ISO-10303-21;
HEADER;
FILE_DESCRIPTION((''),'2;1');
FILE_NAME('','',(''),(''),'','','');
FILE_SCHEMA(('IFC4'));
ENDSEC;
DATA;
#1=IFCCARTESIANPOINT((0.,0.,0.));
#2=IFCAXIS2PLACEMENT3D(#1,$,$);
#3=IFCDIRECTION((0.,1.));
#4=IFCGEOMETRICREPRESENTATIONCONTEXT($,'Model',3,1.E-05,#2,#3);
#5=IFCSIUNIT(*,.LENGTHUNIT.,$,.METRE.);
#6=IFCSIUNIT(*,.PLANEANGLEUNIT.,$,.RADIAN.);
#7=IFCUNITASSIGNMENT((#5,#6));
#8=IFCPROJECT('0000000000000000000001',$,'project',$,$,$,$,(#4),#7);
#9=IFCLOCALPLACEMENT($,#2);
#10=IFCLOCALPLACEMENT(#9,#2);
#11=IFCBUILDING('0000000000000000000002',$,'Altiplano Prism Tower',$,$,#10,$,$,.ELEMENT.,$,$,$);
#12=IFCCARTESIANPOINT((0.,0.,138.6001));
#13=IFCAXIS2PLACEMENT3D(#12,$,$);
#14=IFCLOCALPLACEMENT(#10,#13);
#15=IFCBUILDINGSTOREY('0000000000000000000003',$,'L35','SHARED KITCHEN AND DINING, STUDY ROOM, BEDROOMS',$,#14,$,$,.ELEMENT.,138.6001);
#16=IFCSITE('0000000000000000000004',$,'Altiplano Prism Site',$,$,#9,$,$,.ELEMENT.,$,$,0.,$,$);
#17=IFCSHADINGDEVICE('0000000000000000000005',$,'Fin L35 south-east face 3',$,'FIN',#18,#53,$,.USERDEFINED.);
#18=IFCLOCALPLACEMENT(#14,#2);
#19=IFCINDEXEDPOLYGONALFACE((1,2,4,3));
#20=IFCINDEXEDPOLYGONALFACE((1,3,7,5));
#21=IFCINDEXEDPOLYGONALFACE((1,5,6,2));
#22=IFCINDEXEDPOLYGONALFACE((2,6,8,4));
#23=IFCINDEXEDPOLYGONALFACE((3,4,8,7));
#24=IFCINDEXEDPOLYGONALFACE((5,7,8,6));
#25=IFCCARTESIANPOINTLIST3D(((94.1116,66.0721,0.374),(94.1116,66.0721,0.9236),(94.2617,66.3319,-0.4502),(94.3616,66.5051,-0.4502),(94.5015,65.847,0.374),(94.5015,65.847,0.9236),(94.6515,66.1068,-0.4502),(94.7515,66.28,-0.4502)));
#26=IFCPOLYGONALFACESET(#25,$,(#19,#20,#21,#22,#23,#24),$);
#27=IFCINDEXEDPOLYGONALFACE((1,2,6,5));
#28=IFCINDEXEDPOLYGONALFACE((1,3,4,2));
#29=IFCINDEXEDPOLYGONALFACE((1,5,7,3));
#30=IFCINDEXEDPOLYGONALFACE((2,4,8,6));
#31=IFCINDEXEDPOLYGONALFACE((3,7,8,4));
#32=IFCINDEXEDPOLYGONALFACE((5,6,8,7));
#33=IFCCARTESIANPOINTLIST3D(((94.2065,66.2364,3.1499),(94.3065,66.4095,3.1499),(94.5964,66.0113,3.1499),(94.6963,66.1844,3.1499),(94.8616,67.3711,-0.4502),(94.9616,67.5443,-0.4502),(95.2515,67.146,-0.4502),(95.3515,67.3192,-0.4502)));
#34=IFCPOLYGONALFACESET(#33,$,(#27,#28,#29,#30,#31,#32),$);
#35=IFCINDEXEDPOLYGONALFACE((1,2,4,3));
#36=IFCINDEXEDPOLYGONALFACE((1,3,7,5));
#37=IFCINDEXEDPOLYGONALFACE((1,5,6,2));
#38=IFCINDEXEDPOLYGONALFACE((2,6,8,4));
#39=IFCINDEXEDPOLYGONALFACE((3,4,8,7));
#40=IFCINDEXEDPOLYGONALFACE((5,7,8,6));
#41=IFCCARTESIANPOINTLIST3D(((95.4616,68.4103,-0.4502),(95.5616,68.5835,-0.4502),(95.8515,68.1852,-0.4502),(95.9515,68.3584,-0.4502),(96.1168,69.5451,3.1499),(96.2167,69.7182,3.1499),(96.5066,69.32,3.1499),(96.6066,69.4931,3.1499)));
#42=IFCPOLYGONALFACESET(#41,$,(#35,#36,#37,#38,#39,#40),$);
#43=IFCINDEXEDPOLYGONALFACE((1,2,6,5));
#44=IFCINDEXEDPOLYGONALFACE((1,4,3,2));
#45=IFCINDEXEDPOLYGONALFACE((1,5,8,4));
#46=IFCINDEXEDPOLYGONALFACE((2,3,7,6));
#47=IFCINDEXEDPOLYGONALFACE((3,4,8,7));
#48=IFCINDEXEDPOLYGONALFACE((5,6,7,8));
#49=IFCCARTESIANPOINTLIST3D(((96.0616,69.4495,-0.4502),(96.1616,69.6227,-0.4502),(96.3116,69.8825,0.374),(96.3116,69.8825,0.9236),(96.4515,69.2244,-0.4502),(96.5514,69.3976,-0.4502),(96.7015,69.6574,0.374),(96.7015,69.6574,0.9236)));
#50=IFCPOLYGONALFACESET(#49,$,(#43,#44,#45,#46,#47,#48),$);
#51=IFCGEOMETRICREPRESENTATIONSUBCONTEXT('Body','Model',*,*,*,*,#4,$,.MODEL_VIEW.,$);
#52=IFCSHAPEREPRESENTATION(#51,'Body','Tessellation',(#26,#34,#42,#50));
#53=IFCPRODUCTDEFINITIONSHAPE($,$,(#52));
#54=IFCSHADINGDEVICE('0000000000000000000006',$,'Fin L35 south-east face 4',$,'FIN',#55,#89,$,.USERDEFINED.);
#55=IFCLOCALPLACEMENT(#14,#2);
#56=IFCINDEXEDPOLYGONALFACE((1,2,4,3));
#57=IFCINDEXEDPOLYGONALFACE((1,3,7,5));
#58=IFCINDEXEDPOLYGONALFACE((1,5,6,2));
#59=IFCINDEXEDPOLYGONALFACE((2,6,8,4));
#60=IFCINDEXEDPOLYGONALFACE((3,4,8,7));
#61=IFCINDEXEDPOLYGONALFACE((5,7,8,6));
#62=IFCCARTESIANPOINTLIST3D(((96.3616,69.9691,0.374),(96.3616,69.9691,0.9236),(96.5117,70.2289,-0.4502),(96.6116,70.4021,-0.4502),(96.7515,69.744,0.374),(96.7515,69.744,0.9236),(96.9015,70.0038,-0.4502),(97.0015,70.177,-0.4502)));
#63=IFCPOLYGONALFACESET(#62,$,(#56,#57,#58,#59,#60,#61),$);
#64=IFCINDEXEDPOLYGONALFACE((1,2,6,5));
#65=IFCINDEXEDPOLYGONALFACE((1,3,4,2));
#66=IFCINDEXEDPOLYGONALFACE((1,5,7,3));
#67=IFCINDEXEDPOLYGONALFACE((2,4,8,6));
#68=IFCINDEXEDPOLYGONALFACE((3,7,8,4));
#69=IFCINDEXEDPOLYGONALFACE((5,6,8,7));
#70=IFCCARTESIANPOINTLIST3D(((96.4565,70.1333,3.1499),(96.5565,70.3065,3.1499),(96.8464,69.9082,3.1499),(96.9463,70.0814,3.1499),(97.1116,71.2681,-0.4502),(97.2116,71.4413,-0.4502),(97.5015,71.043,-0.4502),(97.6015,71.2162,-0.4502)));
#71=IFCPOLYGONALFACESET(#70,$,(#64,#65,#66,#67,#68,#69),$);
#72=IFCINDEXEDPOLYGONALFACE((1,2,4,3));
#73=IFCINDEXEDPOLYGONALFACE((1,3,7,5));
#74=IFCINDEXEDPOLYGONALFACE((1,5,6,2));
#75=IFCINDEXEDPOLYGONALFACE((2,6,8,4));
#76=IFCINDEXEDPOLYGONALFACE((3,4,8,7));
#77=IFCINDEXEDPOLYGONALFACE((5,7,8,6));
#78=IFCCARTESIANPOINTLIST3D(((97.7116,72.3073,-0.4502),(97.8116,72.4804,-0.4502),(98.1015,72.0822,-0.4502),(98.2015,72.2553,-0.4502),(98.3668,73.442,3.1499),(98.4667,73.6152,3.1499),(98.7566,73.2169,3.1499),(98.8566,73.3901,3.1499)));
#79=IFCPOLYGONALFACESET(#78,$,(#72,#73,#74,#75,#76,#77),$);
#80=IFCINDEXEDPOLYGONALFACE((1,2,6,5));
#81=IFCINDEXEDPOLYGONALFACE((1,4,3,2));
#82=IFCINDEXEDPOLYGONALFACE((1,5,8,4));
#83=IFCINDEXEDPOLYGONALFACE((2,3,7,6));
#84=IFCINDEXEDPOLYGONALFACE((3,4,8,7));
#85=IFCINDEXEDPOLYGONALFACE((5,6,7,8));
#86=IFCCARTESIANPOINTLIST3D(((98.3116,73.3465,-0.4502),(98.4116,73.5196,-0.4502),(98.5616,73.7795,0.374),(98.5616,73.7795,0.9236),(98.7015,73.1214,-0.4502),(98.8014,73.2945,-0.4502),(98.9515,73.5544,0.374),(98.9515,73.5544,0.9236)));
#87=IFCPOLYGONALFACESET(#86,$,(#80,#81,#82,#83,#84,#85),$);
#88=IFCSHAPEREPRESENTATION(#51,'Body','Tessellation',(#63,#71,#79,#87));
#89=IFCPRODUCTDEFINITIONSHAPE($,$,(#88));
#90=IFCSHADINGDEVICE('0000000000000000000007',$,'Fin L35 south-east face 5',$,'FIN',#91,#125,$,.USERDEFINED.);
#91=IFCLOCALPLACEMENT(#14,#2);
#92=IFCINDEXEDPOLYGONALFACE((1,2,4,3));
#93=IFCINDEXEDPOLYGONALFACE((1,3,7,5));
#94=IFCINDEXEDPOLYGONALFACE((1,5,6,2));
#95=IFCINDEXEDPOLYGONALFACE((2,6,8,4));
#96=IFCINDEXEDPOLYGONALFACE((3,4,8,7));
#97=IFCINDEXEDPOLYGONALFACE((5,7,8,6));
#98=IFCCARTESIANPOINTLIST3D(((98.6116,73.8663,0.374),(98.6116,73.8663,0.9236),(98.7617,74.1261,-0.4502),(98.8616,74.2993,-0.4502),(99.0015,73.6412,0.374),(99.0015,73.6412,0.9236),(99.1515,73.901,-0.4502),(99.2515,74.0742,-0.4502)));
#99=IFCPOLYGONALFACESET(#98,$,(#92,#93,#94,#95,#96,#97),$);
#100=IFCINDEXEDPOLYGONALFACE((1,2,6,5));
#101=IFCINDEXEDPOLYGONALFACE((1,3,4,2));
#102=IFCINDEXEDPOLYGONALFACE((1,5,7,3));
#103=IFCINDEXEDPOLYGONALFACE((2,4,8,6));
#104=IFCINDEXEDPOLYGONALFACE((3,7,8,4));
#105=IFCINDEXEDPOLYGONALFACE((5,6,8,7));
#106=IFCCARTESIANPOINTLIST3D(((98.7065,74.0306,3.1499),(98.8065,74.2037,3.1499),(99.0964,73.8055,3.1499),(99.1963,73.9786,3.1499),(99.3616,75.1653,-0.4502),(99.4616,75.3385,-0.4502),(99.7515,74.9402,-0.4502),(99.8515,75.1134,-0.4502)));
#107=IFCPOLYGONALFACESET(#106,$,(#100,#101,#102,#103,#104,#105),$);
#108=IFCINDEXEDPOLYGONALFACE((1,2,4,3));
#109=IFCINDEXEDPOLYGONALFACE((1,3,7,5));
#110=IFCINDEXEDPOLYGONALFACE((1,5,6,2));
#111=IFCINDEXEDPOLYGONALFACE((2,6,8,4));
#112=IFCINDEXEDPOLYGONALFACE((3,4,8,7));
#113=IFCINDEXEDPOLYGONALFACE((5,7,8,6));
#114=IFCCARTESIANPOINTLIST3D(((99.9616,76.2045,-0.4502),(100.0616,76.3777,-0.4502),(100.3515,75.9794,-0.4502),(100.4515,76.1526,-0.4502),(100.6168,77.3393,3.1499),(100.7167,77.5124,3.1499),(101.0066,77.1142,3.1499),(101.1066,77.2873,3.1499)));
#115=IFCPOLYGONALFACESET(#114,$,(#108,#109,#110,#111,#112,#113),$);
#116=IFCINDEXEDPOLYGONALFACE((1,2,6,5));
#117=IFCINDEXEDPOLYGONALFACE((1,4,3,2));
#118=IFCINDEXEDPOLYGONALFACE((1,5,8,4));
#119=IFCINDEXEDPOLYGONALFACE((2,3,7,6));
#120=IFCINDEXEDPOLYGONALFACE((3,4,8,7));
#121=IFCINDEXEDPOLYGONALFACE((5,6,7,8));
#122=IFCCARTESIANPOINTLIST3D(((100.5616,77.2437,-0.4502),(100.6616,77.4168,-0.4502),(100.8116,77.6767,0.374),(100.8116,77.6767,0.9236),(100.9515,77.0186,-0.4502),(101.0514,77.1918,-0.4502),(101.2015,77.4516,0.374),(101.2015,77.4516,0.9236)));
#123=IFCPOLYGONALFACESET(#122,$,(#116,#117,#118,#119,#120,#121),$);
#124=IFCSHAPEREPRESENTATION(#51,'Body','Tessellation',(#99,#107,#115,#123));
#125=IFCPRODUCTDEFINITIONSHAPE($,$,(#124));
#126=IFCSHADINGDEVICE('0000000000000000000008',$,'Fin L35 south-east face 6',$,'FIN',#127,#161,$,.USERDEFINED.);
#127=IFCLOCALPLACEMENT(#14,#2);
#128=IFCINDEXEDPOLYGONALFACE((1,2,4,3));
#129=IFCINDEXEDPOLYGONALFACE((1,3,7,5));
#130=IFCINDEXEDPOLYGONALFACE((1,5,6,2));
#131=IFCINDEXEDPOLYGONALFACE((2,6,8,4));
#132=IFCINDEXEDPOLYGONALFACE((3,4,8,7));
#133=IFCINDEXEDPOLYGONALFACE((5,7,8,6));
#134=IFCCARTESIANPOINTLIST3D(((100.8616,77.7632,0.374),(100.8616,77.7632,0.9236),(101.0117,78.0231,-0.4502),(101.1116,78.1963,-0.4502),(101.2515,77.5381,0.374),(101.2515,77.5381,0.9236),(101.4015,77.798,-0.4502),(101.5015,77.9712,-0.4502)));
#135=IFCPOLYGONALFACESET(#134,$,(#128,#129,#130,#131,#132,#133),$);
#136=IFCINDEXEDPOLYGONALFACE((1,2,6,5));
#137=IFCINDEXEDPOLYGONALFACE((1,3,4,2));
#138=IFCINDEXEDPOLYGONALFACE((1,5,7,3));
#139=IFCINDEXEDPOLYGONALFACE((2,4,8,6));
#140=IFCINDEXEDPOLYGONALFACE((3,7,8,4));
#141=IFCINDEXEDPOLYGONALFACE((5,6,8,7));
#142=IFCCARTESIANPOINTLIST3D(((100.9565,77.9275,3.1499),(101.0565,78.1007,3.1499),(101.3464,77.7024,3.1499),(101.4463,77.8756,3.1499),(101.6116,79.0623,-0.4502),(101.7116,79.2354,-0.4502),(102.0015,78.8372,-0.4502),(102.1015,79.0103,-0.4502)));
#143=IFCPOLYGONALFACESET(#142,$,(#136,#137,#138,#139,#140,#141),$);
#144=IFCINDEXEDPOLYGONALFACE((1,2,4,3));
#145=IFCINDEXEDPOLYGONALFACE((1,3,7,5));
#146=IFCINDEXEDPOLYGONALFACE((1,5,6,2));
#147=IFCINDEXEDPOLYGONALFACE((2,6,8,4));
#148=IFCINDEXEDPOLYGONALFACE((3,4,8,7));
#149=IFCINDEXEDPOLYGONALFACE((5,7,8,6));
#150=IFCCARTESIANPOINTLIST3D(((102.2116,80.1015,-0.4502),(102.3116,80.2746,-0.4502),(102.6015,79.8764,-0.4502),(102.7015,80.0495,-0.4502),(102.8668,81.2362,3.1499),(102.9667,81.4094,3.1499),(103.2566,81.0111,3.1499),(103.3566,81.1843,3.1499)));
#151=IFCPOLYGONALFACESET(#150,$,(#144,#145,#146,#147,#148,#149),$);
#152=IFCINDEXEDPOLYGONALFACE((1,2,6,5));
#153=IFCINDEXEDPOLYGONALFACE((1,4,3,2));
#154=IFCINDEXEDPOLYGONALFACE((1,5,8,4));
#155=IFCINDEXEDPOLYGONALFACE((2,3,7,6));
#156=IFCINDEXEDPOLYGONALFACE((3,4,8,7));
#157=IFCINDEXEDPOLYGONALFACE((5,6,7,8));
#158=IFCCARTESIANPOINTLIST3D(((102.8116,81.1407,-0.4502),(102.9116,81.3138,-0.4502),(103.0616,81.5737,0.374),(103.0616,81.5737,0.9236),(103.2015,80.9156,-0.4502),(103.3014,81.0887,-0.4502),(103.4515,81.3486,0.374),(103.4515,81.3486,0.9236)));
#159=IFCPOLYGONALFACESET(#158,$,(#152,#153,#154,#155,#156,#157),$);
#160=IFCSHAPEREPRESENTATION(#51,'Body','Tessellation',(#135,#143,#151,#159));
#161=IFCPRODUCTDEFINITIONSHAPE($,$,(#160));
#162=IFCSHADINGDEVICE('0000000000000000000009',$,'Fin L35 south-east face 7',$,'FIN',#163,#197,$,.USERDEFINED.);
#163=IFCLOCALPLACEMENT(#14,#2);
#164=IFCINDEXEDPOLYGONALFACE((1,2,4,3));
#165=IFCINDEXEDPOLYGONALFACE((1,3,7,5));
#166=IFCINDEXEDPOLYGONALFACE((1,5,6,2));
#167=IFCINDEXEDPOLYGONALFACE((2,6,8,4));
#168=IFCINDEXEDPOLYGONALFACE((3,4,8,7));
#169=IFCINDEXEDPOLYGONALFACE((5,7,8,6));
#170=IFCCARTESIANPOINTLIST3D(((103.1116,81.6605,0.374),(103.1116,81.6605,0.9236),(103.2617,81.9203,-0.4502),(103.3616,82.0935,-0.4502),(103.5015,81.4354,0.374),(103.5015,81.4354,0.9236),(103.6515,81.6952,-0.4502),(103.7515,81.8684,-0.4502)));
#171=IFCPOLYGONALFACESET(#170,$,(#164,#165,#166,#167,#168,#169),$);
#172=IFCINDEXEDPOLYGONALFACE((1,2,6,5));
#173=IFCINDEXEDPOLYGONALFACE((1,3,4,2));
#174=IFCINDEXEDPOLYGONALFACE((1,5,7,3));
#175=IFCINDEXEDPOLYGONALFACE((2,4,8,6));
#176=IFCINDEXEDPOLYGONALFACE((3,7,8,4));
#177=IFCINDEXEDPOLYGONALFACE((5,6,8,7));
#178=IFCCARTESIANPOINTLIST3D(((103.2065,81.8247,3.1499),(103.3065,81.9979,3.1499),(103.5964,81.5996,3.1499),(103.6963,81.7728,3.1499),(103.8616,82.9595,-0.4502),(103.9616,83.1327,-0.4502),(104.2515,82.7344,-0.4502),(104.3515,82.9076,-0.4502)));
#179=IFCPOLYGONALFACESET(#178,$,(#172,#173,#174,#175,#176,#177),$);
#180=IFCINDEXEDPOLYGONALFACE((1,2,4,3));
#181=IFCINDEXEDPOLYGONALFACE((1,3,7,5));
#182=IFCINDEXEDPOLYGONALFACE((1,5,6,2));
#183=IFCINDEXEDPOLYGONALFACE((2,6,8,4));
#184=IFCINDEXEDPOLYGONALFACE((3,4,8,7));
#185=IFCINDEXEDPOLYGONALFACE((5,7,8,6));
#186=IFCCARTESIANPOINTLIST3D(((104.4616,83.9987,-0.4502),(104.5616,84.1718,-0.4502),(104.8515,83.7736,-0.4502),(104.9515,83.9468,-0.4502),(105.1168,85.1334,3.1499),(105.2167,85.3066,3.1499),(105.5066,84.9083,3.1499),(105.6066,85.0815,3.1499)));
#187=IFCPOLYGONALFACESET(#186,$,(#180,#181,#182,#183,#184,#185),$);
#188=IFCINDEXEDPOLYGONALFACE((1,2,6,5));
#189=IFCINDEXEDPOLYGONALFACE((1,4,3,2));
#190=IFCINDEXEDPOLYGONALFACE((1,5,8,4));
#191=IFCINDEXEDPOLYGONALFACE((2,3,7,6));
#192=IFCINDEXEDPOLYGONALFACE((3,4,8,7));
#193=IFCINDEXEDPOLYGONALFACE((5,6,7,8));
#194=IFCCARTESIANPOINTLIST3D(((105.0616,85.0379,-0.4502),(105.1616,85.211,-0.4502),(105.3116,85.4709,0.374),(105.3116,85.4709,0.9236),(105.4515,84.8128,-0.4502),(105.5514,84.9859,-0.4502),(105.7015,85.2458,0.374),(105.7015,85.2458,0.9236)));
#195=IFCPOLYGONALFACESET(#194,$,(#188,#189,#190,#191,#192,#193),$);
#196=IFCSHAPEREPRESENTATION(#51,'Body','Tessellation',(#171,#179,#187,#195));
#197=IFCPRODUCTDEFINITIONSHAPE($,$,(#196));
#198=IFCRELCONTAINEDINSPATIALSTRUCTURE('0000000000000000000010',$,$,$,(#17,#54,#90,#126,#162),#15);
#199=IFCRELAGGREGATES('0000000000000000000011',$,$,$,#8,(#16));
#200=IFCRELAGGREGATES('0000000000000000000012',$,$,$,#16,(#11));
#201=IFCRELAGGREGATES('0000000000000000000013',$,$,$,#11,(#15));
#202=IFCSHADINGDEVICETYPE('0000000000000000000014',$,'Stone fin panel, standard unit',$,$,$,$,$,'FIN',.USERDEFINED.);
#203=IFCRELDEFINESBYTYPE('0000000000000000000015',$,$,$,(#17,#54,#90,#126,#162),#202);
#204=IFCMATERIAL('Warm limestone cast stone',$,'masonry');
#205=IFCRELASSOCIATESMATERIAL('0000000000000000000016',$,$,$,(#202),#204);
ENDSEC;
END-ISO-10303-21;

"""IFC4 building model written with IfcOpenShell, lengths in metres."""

from ifc_helpers import new_model, si_unit, direction, frame, origin, place, context, subcontext, project, spatial, polyline, outline, extrude, source, transform, mapped, material, type_object, element, save


model = new_model("IFC4")

# Units and contexts
model_context = context("Model", 3, precision=1e-05, world=origin(), true_north=direction((0.0, 1.0)))
body_context = subcontext(model_context, "Body", "Model", "MODEL_VIEW")
ifc_project = project(units=[si_unit("LENGTHUNIT", "METRE"), si_unit("PLANEANGLEUNIT", "RADIAN")], contexts=[model_context])

# Site, building, storey
site_placement = place(None, origin())
site = spatial("IfcSite", under=ifc_project, at=site_placement, Name="Altiplano Prism Site", CompositionType="ELEMENT", RefElevation=0.0)
building_placement = place(site_placement, origin())
building = spatial("IfcBuilding", under=site, at=building_placement, Name="Altiplano Prism Tower", CompositionType="ELEMENT")
storey_placement = place(building_placement, frame((0.0, 0.0, 138.6001)))
storey = spatial("IfcBuildingStorey", under=building, at=storey_placement, Name="L35", Description="SHARED KITCHEN AND DINING, STUDY ROOM, BEDROOMS", CompositionType="ELEMENT", Elevation=138.6001)

# Shading devices
ifc_material_1 = material(Name="Warm limestone cast stone", Category="masonry")
shading_device_type_1 = type_object("IfcShadingDeviceType", Name="Stone fin panel, standard unit", ElementType="FIN", PredefinedType="USERDEFINED", material=ifc_material_1)
shared_shape_1 = source(origin(), body_context, "Body", "SweptSolid", [
    extrude(outline(polyline([(-2.2, 1.3738), (-2.2, 0.8242), (-1.8999, 0.0), (-1.7, 0.0), (-2.2, 1.3738)])), frame((0.0, -0.1499, 0.0), z_axis=(0.0, -1.0, 0.0), x_axis=(1.0, 0.0, 0.0)), (0.0, 0.0, 1.0), 0.4502),
    extrude(outline(polyline([(-2.0103, 3.6001), (-0.7, 0.0), (-0.5, 0.0), (-1.8103, 3.6001), (-2.0103, 3.6001)])), frame((0.0, -0.1499, 0.0), z_axis=(0.0, -1.0, 0.0), x_axis=(1.0, 0.0, 0.0)), (0.0, 0.0, 1.0), 0.4502),
    extrude(outline(polyline([(1.8103, 3.6001), (0.5, 0.0), (0.7, 0.0), (2.0103, 3.6001), (1.8103, 3.6001)])), frame((0.0, -0.1499, 0.0), z_axis=(0.0, -1.0, 0.0), x_axis=(1.0, 0.0, 0.0)), (0.0, 0.0, 1.0), 0.4502),
    extrude(outline(polyline([(2.2, 0.8242), (2.2, 1.3738), (1.7, 0.0), (1.8999, 0.0), (2.2, 0.8242)])), frame((0.0, -0.1499, 0.0), z_axis=(0.0, -1.0, 0.0), x_axis=(1.0, 0.0, 0.0)), (0.0, 0.0, 1.0), 0.4502),
])
shading_device_1_placement = place(storey_placement, origin())
element("IfcShadingDevice", 1, at=shading_device_1_placement, inside=storey, type_object=shading_device_type_1, Name="Fin L35 south-east face 3", ObjectType="FIN", PredefinedType="USERDEFINED", context=body_context, shape_type="MappedRepresentation", body=[
    mapped(shared_shape_1, transform((95.0818, 68.0522, -0.4502), x_axis=(0.5, 0.866025, 0.0), y_axis=(-0.866025, 0.5, 0.0), z_axis=(0.0, 0.0, 1.0))),
])
shading_device_2_placement = place(storey_placement, origin())
element("IfcShadingDevice", 2, at=shading_device_2_placement, inside=storey, type_object=shading_device_type_1, Name="Fin L35 south-east face 4", ObjectType="FIN", PredefinedType="USERDEFINED", context=body_context, shape_type="MappedRepresentation", body=[
    mapped(shared_shape_1, transform((97.3318, 71.9492, -0.4502), x_axis=(0.5, 0.866025, 0.0), y_axis=(-0.866025, 0.5, 0.0), z_axis=(0.0, 0.0, 1.0))),
])
shading_device_3_placement = place(storey_placement, origin())
element("IfcShadingDevice", 3, at=shading_device_3_placement, inside=storey, type_object=shading_device_type_1, Name="Fin L35 south-east face 5", ObjectType="FIN", PredefinedType="USERDEFINED", context=body_context, shape_type="MappedRepresentation", body=[
    mapped(shared_shape_1, transform((99.5818, 75.8464, -0.4502), x_axis=(0.5, 0.866025, 0.0), y_axis=(-0.866025, 0.5, 0.0), z_axis=(0.0, 0.0, 1.0))),
])
shading_device_4_placement = place(storey_placement, origin())
element("IfcShadingDevice", 4, at=shading_device_4_placement, inside=storey, type_object=shading_device_type_1, Name="Fin L35 south-east face 6", ObjectType="FIN", PredefinedType="USERDEFINED", context=body_context, shape_type="MappedRepresentation", body=[
    mapped(shared_shape_1, transform((101.8318, 79.7434, -0.4502), x_axis=(0.5, 0.866025, 0.0), y_axis=(-0.866025, 0.5, 0.0), z_axis=(0.0, 0.0, 1.0))),
])
shading_device_5_placement = place(storey_placement, origin())
element("IfcShadingDevice", 5, at=shading_device_5_placement, inside=storey, type_object=shading_device_type_1, Name="Fin L35 south-east face 7", ObjectType="FIN", PredefinedType="USERDEFINED", context=body_context, shape_type="MappedRepresentation", body=[
    mapped(shared_shape_1, transform((104.0818, 83.6406, -0.4502), x_axis=(0.5, 0.866025, 0.0), y_axis=(-0.866025, 0.5, 0.0), z_axis=(0.0, 0.0, 1.0))),
])

save(model, "model.ifc")
